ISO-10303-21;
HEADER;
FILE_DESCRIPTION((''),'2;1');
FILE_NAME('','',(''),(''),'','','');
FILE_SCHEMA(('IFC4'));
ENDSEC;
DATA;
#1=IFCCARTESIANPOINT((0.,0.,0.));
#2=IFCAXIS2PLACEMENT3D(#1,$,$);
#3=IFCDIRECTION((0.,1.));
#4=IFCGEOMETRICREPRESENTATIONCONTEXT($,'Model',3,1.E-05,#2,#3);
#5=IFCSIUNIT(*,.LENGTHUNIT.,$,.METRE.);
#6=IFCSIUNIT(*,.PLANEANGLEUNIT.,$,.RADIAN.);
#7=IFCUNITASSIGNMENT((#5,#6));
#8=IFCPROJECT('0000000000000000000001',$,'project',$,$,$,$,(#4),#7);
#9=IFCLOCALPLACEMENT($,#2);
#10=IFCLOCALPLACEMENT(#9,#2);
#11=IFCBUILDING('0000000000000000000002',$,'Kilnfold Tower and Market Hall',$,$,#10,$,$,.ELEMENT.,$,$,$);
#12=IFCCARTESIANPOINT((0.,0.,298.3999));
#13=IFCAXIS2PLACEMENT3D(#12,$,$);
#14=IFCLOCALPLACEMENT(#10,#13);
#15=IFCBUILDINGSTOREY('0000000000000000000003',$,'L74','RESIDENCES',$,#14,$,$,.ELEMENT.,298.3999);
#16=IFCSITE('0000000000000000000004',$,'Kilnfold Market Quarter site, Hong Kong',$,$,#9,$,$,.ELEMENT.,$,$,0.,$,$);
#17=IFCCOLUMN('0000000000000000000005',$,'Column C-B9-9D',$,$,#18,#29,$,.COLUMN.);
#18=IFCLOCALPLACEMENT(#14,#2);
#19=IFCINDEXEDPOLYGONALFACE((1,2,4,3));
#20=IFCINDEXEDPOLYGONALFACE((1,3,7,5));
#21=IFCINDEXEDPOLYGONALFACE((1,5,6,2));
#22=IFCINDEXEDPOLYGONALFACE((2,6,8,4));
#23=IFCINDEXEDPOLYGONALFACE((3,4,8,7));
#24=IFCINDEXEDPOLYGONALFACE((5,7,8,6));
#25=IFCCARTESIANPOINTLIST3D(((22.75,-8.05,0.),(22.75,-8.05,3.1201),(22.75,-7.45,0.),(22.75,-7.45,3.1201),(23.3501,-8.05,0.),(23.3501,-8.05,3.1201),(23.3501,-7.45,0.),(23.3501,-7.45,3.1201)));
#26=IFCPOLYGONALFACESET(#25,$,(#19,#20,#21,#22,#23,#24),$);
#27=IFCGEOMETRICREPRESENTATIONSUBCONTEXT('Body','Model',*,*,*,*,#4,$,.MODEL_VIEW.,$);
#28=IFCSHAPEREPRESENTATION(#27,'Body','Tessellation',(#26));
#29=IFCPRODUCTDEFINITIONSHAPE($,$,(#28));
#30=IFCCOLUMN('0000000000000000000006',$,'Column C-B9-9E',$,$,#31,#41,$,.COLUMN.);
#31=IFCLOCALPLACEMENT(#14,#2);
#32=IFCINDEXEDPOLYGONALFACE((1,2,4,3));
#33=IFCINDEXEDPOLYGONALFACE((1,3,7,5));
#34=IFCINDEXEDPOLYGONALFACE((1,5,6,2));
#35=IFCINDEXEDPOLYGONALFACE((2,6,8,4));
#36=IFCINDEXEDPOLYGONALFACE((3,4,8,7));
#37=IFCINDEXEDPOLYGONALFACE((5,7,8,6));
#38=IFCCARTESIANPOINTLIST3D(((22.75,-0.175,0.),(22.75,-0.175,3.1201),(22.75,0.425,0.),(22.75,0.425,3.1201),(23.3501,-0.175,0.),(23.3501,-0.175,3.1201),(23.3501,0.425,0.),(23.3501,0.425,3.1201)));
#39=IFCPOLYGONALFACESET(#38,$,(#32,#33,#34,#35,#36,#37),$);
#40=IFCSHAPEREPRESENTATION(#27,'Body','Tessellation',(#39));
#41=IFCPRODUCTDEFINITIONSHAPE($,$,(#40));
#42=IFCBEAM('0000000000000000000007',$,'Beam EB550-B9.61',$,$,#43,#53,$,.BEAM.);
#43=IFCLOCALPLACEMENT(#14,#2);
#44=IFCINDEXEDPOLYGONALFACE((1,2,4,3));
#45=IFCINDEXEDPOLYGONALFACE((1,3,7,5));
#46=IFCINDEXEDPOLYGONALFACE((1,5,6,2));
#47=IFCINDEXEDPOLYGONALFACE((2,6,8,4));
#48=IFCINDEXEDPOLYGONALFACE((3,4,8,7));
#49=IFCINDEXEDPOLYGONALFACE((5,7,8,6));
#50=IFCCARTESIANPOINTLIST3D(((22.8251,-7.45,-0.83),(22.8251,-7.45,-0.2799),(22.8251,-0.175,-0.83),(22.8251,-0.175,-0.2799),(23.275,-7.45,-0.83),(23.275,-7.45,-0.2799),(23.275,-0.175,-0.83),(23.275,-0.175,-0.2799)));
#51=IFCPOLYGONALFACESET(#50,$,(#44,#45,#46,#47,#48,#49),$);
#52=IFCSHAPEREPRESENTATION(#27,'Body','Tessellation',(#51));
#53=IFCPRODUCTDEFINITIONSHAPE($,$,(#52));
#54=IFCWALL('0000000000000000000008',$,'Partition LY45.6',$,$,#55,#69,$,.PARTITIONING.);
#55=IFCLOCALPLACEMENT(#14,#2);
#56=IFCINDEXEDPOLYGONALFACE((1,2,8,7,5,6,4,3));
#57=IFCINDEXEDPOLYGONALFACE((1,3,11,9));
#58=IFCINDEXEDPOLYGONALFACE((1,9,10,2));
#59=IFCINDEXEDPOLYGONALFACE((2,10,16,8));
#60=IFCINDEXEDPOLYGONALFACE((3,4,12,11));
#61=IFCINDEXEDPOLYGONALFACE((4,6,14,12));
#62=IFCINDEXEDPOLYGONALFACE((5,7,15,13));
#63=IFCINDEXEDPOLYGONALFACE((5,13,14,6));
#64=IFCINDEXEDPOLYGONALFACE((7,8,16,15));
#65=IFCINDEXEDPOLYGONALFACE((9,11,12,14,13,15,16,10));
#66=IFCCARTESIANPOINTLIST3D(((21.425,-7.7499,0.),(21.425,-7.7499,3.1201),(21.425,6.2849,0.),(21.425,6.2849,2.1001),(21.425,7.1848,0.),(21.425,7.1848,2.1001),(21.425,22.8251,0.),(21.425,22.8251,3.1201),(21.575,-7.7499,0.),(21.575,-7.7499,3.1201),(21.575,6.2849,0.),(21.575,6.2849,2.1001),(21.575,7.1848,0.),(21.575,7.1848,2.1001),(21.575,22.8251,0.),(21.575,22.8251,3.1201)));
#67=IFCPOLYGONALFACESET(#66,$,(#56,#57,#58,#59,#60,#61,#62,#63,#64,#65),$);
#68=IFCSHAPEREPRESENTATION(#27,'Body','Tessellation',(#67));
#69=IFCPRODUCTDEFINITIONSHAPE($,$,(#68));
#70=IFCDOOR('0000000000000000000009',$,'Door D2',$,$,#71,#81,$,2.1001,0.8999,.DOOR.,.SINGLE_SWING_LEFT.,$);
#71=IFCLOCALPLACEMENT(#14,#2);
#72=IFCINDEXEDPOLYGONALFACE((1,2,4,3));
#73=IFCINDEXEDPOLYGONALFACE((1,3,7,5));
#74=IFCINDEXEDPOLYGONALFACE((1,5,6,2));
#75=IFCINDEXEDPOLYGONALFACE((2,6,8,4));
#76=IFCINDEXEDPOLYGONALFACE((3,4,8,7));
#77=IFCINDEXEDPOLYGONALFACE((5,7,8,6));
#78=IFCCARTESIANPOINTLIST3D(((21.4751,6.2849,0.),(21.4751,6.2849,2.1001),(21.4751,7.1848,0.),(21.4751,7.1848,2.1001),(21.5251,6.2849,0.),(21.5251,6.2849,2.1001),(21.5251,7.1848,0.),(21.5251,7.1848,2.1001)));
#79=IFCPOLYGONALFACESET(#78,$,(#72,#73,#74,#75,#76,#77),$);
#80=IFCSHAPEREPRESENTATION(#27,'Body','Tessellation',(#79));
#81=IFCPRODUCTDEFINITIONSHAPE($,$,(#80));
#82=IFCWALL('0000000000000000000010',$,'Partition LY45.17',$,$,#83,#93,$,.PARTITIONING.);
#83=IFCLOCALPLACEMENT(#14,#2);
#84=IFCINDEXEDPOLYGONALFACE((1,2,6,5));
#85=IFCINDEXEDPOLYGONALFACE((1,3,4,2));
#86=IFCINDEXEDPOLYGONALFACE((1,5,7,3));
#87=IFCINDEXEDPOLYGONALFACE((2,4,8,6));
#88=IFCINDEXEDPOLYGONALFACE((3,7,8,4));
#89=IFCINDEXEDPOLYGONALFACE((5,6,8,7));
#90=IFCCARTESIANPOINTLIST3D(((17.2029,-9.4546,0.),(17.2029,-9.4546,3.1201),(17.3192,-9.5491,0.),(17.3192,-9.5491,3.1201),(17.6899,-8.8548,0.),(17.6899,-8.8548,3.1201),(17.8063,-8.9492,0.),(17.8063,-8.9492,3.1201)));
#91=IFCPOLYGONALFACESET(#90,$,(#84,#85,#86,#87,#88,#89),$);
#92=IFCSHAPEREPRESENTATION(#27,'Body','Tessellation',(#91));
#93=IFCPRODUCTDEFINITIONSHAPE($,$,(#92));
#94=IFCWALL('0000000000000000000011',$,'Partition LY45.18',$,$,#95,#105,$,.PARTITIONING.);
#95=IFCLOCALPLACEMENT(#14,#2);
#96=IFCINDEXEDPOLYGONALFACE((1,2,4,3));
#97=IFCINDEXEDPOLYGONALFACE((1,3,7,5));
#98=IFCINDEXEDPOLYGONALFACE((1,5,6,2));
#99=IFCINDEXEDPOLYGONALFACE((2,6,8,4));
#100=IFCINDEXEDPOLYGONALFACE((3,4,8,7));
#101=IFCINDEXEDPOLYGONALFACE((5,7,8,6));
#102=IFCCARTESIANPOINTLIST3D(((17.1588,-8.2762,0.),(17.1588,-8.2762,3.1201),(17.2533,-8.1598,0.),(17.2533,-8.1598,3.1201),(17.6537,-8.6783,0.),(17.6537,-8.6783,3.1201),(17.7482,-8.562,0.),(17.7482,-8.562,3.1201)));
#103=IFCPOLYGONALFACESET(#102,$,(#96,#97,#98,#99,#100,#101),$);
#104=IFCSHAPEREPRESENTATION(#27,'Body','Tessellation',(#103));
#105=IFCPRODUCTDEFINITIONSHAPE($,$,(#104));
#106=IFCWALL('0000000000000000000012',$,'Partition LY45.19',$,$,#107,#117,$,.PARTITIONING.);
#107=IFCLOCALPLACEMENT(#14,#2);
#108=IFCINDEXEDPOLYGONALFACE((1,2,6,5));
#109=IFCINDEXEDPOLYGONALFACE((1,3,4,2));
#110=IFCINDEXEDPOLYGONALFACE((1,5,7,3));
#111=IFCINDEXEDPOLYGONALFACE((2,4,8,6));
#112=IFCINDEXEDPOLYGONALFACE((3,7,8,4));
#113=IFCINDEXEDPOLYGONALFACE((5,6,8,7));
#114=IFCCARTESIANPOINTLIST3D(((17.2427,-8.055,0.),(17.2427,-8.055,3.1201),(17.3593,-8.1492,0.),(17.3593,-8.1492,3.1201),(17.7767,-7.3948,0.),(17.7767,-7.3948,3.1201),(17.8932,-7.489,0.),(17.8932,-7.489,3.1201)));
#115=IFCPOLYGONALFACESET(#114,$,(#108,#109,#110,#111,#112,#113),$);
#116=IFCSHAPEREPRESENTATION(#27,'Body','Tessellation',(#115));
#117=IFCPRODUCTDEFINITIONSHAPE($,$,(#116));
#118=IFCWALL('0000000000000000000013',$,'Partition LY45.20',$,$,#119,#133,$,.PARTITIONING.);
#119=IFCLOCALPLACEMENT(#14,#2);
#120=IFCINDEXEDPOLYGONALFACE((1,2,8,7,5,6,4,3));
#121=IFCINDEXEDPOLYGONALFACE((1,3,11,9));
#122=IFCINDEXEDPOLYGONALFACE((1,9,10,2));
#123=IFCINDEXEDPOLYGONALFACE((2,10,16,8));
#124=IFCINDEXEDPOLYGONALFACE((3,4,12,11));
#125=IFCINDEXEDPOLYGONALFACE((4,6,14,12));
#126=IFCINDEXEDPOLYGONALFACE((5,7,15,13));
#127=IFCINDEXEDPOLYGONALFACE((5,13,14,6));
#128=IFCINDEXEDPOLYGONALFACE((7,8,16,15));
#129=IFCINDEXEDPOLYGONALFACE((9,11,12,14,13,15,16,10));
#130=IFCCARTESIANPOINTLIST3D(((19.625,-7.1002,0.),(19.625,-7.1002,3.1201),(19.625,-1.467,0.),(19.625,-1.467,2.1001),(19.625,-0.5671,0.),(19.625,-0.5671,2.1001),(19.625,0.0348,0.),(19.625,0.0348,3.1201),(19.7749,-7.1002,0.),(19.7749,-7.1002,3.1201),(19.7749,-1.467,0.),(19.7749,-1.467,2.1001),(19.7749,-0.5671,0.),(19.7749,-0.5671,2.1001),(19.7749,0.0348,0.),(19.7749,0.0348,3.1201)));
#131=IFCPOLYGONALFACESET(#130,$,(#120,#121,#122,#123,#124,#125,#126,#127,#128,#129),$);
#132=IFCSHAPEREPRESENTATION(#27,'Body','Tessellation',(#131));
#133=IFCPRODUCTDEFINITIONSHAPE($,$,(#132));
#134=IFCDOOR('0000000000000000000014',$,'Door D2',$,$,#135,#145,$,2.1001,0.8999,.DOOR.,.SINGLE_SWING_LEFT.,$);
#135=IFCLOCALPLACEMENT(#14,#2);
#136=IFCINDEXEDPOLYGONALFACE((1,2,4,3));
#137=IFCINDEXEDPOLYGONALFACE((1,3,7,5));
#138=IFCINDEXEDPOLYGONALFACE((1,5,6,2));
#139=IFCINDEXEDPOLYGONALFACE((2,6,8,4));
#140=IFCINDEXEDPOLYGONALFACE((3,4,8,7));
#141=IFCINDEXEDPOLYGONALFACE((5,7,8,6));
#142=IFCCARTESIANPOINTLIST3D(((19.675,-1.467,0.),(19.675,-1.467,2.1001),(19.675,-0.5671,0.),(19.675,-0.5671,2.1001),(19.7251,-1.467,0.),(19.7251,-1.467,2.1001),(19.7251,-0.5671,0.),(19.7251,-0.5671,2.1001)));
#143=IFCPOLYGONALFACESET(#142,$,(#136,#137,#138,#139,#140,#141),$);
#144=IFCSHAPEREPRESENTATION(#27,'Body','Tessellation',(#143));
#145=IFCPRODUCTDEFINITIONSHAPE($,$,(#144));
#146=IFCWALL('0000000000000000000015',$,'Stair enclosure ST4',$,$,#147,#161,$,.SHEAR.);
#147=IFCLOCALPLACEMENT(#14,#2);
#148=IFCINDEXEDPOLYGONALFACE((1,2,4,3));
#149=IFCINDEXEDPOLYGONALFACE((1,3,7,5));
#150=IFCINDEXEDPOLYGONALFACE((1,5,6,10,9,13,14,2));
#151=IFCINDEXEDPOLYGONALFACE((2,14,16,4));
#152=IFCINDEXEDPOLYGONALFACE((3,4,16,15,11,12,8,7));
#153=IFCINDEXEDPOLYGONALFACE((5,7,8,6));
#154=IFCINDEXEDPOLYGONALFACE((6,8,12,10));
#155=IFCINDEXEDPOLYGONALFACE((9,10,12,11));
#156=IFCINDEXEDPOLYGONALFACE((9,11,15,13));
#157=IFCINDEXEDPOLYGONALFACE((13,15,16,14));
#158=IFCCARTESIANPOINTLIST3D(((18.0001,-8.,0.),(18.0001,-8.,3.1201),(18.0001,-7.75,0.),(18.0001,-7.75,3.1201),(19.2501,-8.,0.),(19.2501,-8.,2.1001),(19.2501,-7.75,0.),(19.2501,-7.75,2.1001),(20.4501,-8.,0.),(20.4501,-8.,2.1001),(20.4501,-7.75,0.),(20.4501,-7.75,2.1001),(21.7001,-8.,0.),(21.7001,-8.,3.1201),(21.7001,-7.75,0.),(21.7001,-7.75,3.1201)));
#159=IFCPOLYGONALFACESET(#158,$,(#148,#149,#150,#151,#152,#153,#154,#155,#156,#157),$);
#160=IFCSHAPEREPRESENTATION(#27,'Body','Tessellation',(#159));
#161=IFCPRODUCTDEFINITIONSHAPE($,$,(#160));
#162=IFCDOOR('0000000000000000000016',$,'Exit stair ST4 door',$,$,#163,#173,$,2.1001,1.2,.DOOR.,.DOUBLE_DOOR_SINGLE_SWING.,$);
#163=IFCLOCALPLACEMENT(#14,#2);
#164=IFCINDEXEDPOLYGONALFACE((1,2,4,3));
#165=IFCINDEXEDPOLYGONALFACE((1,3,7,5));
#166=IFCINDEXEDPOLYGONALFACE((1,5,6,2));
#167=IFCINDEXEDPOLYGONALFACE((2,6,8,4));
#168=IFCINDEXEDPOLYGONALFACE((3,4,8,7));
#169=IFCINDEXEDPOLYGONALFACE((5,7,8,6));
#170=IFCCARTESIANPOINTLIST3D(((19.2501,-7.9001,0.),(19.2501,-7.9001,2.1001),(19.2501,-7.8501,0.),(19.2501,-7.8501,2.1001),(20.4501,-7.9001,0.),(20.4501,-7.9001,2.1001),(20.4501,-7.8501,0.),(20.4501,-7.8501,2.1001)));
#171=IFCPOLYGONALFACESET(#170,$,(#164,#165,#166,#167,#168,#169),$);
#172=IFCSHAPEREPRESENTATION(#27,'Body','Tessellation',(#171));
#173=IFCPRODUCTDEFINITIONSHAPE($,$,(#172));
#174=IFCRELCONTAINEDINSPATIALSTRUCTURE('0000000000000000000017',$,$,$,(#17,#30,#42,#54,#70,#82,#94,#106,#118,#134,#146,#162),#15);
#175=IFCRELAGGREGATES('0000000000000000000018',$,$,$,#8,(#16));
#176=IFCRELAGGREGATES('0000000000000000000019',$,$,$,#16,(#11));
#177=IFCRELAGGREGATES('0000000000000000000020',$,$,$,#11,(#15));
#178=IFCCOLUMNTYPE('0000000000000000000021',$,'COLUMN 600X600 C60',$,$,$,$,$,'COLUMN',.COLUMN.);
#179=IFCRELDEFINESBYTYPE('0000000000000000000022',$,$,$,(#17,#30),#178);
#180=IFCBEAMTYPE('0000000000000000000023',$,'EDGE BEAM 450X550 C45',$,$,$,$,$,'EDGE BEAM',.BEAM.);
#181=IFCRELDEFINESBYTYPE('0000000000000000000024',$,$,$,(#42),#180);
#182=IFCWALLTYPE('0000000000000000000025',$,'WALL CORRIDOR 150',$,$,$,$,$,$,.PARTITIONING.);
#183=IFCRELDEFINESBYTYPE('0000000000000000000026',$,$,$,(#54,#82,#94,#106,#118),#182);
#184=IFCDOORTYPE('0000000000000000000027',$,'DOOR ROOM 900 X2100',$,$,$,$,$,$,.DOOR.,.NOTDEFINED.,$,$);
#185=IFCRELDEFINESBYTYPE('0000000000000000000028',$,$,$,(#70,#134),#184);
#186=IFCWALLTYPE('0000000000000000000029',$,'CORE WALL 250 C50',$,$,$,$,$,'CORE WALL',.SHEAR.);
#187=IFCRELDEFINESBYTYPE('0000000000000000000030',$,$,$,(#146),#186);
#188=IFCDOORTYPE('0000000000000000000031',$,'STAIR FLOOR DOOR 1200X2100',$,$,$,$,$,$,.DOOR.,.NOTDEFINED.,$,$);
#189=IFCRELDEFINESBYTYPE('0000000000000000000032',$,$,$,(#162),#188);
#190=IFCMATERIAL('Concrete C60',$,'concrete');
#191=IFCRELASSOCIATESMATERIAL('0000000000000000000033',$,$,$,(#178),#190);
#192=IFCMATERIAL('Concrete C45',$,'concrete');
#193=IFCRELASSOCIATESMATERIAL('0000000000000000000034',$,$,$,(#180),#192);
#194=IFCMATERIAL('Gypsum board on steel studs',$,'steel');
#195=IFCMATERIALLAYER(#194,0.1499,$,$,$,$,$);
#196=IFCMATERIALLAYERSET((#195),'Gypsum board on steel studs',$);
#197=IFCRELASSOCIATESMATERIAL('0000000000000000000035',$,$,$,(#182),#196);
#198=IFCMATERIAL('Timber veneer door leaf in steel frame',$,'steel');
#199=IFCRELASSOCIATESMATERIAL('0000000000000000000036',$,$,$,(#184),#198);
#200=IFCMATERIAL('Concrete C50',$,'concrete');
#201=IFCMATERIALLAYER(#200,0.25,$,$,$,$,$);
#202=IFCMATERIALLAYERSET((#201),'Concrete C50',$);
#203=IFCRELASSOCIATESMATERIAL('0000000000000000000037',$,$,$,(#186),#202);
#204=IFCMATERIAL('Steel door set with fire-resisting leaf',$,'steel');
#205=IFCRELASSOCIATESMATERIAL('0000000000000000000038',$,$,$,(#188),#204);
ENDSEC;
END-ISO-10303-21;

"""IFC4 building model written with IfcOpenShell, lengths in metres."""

from ifc_helpers import new_model, si_unit, direction, frame, frame_2d, origin, origin_2d, place, context, subcontext, project, spatial, rectangle, extrude, source, transform, mapped, material, layer, layer_set, material_profile, profile_set, type_object, element, fill, save


model = new_model("IFC4")

# Units and contexts
model_context = context("Model", 3, precision=1e-05, world=origin(), true_north=direction((0.0, 1.0)))
body_context = subcontext(model_context, "Body", "Model", "MODEL_VIEW")
ifc_project = project(units=[si_unit("LENGTHUNIT", "METRE"), si_unit("PLANEANGLEUNIT", "RADIAN")], contexts=[model_context])

# Site, building, storey
site_placement = place(None, origin())
site = spatial("IfcSite", under=ifc_project, at=site_placement, Name="Kilnfold Market Quarter site, Hong Kong", CompositionType="ELEMENT", RefElevation=0.0)
building_placement = place(site_placement, origin())
building = spatial("IfcBuilding", under=site, at=building_placement, Name="Kilnfold Tower and Market Hall", CompositionType="ELEMENT")
storey_placement = place(building_placement, frame((0.0, 0.0, 298.3999)))
storey = spatial("IfcBuildingStorey", under=building, at=storey_placement, Name="L74", Description="RESIDENCES", CompositionType="ELEMENT", Elevation=298.3999)

# Columns
ifc_material_1 = material(Name="Concrete C60", Category="concrete")
ifc_material_profile_1 = material_profile(ifc_material_1, rectangle(XDim=0.6001, YDim=0.6001, at=origin_2d()), Name="RC 600x600")
ifc_profile_set_1 = profile_set([ifc_material_profile_1], Name="Concrete C60")
column_type = type_object("IfcColumnType", Name="COLUMN 600X600 C60", ElementType="COLUMN", PredefinedType="COLUMN", material=ifc_profile_set_1)
shared_shape_1 = source(origin(), body_context, "Body", "SweptSolid", [
    extrude(rectangle(XDim=0.6001, YDim=0.6001, at=origin_2d()), origin(), (0.0, 0.0, 1.0), 3.1201),
])
for number, where, z_axis, x_axis, name in (
    (1, (23.05, -7.75, 0.0), (0.0, 0.0, 1.0), (1.0, 0.0, 0.0), "Column C-B9-9D"),
    (2, (23.05, 0.125, 0.0), (0.0, 0.0, 1.0), (1.0, 0.0, 0.0), "Column C-B9-9E"),
):
    element("IfcColumn", number, at=place(storey_placement, frame(where, z_axis=z_axis, x_axis=x_axis)), inside=storey, type_object=column_type, Name=name, PredefinedType="COLUMN", context=body_context, shape_type="MappedRepresentation", body=[
        mapped(shared_shape_1, transform((0.0, 0.0, 0.0))),
    ])

# Beam
ifc_material_2 = material(Name="Concrete C45", Category="concrete")
ifc_material_profile_2 = material_profile(ifc_material_2, rectangle(XDim=0.45, YDim=0.55, at=origin_2d()), Name="RC 450x550")
ifc_profile_set_2 = profile_set([ifc_material_profile_2], Name="Concrete C45")
beam_type = type_object("IfcBeamType", Name="EDGE BEAM 450X550 C45", ElementType="EDGE BEAM", PredefinedType="BEAM", material=ifc_profile_set_2)
shared_shape_2 = source(origin(), body_context, "Body", "SweptSolid", [
    extrude(rectangle(XDim=0.45, YDim=0.55, at=origin_2d()), origin(), (0.0, 0.0, 1.0), 7.2749),
])
beam_placement = place(storey_placement, frame((23.05, -7.45, -0.5549), z_axis=(0.0, 1.0, 0.0), x_axis=(-1.0, 0.0, 0.0)))
element("IfcBeam", 3, at=beam_placement, inside=storey, type_object=beam_type, Name="Beam EB550-B9.61", PredefinedType="BEAM", context=body_context, shape_type="MappedRepresentation", body=[
    mapped(shared_shape_2, transform((0.0, 0.0, 0.0))),
])

# Wall, opening, door
ifc_material_3 = material(Name="Gypsum board on steel studs", Category="steel")
ifc_layer_1 = layer(ifc_material_3, 0.1499)
ifc_layer_set_1 = layer_set([ifc_layer_1], Name="Gypsum board on steel studs")
wall_type_1 = type_object("IfcWallType", Name="WALL CORRIDOR 150", PredefinedType="PARTITIONING", material=ifc_layer_set_1)
wall_1_placement = place(storey_placement, frame((21.5, -7.75, 0.0), z_axis=(0.0, 0.0, 1.0), x_axis=(0.0, 1.0, 0.0)))
wall_1 = element("IfcWall", 4, at=wall_1_placement, inside=storey, type_object=wall_type_1, Name="Partition LY45.6", PredefinedType="PARTITIONING", context=body_context, shape_type="SweptSolid", body=[
    extrude(rectangle(XDim=30.575, YDim=0.1499, at=frame_2d((15.2876, 0.0))), origin(), (0.0, 0.0, 1.0), 3.1201),
])
opening_1_placement = place(wall_1_placement, frame((14.0349, 0.0, 0.0)))
opening_1 = element("IfcOpeningElement", 5, at=opening_1_placement, cuts=wall_1, PredefinedType="OPENING", context=body_context, shape_type="SweptSolid", body=[
    extrude(rectangle(XDim=0.8999, YDim=2.1001, at=frame_2d((0.45, 1.05))), frame((0.0, 0.085, 0.0), z_axis=(0.0, -1.0, 0.0), x_axis=(1.0, 0.0, 0.0)), (0.0, 0.0, 1.0), 0.1699),
])
ifc_material_4 = material(Name="Timber veneer door leaf in steel frame", Category="steel")
door_type_1 = type_object("IfcDoorType", Name="DOOR ROOM 900 X2100", OperationType="NOTDEFINED", PredefinedType="DOOR", material=ifc_material_4)
door_1_placement = place(opening_1_placement, origin())
door_1 = element("IfcDoor", 6, at=door_1_placement, inside=storey, type_object=door_type_1, Name="Door D2", OperationType="SINGLE_SWING_LEFT", OverallHeight=2.1001, OverallWidth=0.8999, PredefinedType="DOOR", context=body_context, shape_type="SweptSolid", body=[
    extrude(rectangle(XDim=0.8999, YDim=2.1001, at=frame_2d((0.45, 1.05))), frame((0.0, 0.0249, 0.0), z_axis=(0.0, -1.0, 0.0), x_axis=(1.0, 0.0, 0.0)), (0.0, 0.0, 1.0), 0.05),
])
fill(opening_1, door_1)

# Walls
wall_2_placement = place(storey_placement, frame((17.748, -8.9021, 0.0), z_axis=(0.0, 0.0, 1.0), x_axis=(-0.630343, -0.776317, 0.0)))
element("IfcWall", 7, at=wall_2_placement, inside=storey, type_object=wall_type_1, Name="Partition LY45.17", PredefinedType="PARTITIONING", context=body_context, shape_type="SweptSolid", body=[
    extrude(rectangle(XDim=0.7727, YDim=0.1499, at=frame_2d((0.3862, 0.0))), origin(), (0.0, 0.0, 1.0), 3.1201),
])
wall_3_placement = place(storey_placement, frame((17.2061, -8.218, 0.0), z_axis=(0.0, 0.0, 1.0), x_axis=(0.776102, -0.630607, 0.0)))
element("IfcWall", 8, at=wall_3_placement, inside=storey, type_object=wall_type_1, Name="Partition LY45.18", PredefinedType="PARTITIONING", context=body_context, shape_type="SweptSolid", body=[
    extrude(rectangle(XDim=0.6377, YDim=0.1499, at=frame_2d((0.3188, 0.0))), origin(), (0.0, 0.0, 1.0), 3.1201),
])
wall_4_placement = place(storey_placement, frame((17.835, -7.4419, 0.0), z_axis=(0.0, 0.0, 1.0), x_axis=(-0.628859, -0.777519, 0.0)))
element("IfcWall", 9, at=wall_4_placement, inside=storey, type_object=wall_type_1, Name="Partition LY45.19", PredefinedType="PARTITIONING", context=body_context, shape_type="SweptSolid", body=[
    extrude(rectangle(XDim=0.8491, YDim=0.1499, at=frame_2d((0.4246, 0.0))), origin(), (0.0, 0.0, 1.0), 3.1201),
])

# Walls, openings, doors
wall_5_placement = place(storey_placement, frame((19.7, -7.1001, 0.0), z_axis=(0.0, 0.0, 1.0), x_axis=(0.0, 1.0, 0.0)))
wall_5 = element("IfcWall", 10, at=wall_5_placement, inside=storey, type_object=wall_type_1, Name="Partition LY45.20", PredefinedType="PARTITIONING", context=body_context, shape_type="SweptSolid", body=[
    extrude(rectangle(XDim=7.135, YDim=0.1499, at=frame_2d((3.5674, 0.0))), origin(), (0.0, 0.0, 1.0), 3.1201),
])
opening_2_placement = place(wall_5_placement, frame((5.6331, 0.0, 0.0)))
opening_2 = element("IfcOpeningElement", 11, at=opening_2_placement, cuts=wall_5, PredefinedType="OPENING", context=body_context, shape_type="SweptSolid", body=[
    extrude(rectangle(XDim=0.8999, YDim=2.1001, at=frame_2d((0.45, 1.05))), frame((0.0, 0.085, 0.0), z_axis=(0.0, -1.0, 0.0), x_axis=(1.0, 0.0, 0.0)), (0.0, 0.0, 1.0), 0.1699),
])
door_2_placement = place(opening_2_placement, origin())
door_2 = element("IfcDoor", 12, at=door_2_placement, inside=storey, type_object=door_type_1, Name="Door D2", OperationType="SINGLE_SWING_LEFT", OverallHeight=2.1001, OverallWidth=0.8999, PredefinedType="DOOR", context=body_context, shape_type="SweptSolid", body=[
    extrude(rectangle(XDim=0.8999, YDim=2.1001, at=frame_2d((0.45, 1.05))), frame((0.0, 0.0249, 0.0), z_axis=(0.0, -1.0, 0.0), x_axis=(1.0, 0.0, 0.0)), (0.0, 0.0, 1.0), 0.05),
])
fill(opening_2, door_2)
ifc_material_5 = material(Name="Concrete C50", Category="concrete")
ifc_layer_2 = layer(ifc_material_5, 0.25)
ifc_layer_set_2 = layer_set([ifc_layer_2], Name="Concrete C50")
wall_type_2 = type_object("IfcWallType", Name="CORE WALL 250 C50", ElementType="CORE WALL", PredefinedType="SHEAR", material=ifc_layer_set_2)
shared_shape_3 = source(origin(), body_context, "Body", "SweptSolid", [
    extrude(rectangle(XDim=3.7, YDim=0.25, at=frame_2d((1.8501, 0.0))), origin(), (0.0, 0.0, 1.0), 3.1201),
])
wall_6_placement = place(storey_placement, frame((18.0, -7.875, 0.0), z_axis=(0.0, 0.0, 1.0), x_axis=(1.0, 0.0, 0.0)))
wall_6 = element("IfcWall", 13, at=wall_6_placement, inside=storey, type_object=wall_type_2, Name="Stair enclosure ST4", PredefinedType="SHEAR", context=body_context, shape_type="MappedRepresentation", body=[
    mapped(shared_shape_3, transform((0.0, 0.0, 0.0))),
])
opening_3_placement = place(wall_6_placement, frame((1.25, 0.0, 0.0)))
opening_3 = element("IfcOpeningElement", 14, at=opening_3_placement, cuts=wall_6, PredefinedType="OPENING", context=body_context, shape_type="SweptSolid", body=[
    extrude(rectangle(XDim=1.2, YDim=2.1001, at=frame_2d((0.6001, 1.05))), frame((0.0, 0.135, 0.0), z_axis=(0.0, -1.0, 0.0), x_axis=(1.0, 0.0, 0.0)), (0.0, 0.0, 1.0), 0.27),
])
ifc_material_6 = material(Name="Steel door set with fire-resisting leaf", Category="steel")
door_type_2 = type_object("IfcDoorType", Name="STAIR FLOOR DOOR 1200X2100", OperationType="NOTDEFINED", PredefinedType="DOOR", material=ifc_material_6)
door_3_placement = place(opening_3_placement, origin())
door_3 = element("IfcDoor", 15, at=door_3_placement, inside=storey, type_object=door_type_2, Name="Exit stair ST4 door", OperationType="DOUBLE_DOOR_SINGLE_SWING", OverallHeight=2.1001, OverallWidth=1.2, PredefinedType="DOOR", context=body_context, shape_type="SweptSolid", body=[
    extrude(rectangle(XDim=1.2, YDim=2.1001, at=frame_2d((0.6001, 1.05))), frame((0.0, 0.0249, 0.0), z_axis=(0.0, -1.0, 0.0), x_axis=(1.0, 0.0, 0.0)), (0.0, 0.0, 1.0), 0.05),
])
fill(opening_3, door_3)

save(model, "model.ifc")
